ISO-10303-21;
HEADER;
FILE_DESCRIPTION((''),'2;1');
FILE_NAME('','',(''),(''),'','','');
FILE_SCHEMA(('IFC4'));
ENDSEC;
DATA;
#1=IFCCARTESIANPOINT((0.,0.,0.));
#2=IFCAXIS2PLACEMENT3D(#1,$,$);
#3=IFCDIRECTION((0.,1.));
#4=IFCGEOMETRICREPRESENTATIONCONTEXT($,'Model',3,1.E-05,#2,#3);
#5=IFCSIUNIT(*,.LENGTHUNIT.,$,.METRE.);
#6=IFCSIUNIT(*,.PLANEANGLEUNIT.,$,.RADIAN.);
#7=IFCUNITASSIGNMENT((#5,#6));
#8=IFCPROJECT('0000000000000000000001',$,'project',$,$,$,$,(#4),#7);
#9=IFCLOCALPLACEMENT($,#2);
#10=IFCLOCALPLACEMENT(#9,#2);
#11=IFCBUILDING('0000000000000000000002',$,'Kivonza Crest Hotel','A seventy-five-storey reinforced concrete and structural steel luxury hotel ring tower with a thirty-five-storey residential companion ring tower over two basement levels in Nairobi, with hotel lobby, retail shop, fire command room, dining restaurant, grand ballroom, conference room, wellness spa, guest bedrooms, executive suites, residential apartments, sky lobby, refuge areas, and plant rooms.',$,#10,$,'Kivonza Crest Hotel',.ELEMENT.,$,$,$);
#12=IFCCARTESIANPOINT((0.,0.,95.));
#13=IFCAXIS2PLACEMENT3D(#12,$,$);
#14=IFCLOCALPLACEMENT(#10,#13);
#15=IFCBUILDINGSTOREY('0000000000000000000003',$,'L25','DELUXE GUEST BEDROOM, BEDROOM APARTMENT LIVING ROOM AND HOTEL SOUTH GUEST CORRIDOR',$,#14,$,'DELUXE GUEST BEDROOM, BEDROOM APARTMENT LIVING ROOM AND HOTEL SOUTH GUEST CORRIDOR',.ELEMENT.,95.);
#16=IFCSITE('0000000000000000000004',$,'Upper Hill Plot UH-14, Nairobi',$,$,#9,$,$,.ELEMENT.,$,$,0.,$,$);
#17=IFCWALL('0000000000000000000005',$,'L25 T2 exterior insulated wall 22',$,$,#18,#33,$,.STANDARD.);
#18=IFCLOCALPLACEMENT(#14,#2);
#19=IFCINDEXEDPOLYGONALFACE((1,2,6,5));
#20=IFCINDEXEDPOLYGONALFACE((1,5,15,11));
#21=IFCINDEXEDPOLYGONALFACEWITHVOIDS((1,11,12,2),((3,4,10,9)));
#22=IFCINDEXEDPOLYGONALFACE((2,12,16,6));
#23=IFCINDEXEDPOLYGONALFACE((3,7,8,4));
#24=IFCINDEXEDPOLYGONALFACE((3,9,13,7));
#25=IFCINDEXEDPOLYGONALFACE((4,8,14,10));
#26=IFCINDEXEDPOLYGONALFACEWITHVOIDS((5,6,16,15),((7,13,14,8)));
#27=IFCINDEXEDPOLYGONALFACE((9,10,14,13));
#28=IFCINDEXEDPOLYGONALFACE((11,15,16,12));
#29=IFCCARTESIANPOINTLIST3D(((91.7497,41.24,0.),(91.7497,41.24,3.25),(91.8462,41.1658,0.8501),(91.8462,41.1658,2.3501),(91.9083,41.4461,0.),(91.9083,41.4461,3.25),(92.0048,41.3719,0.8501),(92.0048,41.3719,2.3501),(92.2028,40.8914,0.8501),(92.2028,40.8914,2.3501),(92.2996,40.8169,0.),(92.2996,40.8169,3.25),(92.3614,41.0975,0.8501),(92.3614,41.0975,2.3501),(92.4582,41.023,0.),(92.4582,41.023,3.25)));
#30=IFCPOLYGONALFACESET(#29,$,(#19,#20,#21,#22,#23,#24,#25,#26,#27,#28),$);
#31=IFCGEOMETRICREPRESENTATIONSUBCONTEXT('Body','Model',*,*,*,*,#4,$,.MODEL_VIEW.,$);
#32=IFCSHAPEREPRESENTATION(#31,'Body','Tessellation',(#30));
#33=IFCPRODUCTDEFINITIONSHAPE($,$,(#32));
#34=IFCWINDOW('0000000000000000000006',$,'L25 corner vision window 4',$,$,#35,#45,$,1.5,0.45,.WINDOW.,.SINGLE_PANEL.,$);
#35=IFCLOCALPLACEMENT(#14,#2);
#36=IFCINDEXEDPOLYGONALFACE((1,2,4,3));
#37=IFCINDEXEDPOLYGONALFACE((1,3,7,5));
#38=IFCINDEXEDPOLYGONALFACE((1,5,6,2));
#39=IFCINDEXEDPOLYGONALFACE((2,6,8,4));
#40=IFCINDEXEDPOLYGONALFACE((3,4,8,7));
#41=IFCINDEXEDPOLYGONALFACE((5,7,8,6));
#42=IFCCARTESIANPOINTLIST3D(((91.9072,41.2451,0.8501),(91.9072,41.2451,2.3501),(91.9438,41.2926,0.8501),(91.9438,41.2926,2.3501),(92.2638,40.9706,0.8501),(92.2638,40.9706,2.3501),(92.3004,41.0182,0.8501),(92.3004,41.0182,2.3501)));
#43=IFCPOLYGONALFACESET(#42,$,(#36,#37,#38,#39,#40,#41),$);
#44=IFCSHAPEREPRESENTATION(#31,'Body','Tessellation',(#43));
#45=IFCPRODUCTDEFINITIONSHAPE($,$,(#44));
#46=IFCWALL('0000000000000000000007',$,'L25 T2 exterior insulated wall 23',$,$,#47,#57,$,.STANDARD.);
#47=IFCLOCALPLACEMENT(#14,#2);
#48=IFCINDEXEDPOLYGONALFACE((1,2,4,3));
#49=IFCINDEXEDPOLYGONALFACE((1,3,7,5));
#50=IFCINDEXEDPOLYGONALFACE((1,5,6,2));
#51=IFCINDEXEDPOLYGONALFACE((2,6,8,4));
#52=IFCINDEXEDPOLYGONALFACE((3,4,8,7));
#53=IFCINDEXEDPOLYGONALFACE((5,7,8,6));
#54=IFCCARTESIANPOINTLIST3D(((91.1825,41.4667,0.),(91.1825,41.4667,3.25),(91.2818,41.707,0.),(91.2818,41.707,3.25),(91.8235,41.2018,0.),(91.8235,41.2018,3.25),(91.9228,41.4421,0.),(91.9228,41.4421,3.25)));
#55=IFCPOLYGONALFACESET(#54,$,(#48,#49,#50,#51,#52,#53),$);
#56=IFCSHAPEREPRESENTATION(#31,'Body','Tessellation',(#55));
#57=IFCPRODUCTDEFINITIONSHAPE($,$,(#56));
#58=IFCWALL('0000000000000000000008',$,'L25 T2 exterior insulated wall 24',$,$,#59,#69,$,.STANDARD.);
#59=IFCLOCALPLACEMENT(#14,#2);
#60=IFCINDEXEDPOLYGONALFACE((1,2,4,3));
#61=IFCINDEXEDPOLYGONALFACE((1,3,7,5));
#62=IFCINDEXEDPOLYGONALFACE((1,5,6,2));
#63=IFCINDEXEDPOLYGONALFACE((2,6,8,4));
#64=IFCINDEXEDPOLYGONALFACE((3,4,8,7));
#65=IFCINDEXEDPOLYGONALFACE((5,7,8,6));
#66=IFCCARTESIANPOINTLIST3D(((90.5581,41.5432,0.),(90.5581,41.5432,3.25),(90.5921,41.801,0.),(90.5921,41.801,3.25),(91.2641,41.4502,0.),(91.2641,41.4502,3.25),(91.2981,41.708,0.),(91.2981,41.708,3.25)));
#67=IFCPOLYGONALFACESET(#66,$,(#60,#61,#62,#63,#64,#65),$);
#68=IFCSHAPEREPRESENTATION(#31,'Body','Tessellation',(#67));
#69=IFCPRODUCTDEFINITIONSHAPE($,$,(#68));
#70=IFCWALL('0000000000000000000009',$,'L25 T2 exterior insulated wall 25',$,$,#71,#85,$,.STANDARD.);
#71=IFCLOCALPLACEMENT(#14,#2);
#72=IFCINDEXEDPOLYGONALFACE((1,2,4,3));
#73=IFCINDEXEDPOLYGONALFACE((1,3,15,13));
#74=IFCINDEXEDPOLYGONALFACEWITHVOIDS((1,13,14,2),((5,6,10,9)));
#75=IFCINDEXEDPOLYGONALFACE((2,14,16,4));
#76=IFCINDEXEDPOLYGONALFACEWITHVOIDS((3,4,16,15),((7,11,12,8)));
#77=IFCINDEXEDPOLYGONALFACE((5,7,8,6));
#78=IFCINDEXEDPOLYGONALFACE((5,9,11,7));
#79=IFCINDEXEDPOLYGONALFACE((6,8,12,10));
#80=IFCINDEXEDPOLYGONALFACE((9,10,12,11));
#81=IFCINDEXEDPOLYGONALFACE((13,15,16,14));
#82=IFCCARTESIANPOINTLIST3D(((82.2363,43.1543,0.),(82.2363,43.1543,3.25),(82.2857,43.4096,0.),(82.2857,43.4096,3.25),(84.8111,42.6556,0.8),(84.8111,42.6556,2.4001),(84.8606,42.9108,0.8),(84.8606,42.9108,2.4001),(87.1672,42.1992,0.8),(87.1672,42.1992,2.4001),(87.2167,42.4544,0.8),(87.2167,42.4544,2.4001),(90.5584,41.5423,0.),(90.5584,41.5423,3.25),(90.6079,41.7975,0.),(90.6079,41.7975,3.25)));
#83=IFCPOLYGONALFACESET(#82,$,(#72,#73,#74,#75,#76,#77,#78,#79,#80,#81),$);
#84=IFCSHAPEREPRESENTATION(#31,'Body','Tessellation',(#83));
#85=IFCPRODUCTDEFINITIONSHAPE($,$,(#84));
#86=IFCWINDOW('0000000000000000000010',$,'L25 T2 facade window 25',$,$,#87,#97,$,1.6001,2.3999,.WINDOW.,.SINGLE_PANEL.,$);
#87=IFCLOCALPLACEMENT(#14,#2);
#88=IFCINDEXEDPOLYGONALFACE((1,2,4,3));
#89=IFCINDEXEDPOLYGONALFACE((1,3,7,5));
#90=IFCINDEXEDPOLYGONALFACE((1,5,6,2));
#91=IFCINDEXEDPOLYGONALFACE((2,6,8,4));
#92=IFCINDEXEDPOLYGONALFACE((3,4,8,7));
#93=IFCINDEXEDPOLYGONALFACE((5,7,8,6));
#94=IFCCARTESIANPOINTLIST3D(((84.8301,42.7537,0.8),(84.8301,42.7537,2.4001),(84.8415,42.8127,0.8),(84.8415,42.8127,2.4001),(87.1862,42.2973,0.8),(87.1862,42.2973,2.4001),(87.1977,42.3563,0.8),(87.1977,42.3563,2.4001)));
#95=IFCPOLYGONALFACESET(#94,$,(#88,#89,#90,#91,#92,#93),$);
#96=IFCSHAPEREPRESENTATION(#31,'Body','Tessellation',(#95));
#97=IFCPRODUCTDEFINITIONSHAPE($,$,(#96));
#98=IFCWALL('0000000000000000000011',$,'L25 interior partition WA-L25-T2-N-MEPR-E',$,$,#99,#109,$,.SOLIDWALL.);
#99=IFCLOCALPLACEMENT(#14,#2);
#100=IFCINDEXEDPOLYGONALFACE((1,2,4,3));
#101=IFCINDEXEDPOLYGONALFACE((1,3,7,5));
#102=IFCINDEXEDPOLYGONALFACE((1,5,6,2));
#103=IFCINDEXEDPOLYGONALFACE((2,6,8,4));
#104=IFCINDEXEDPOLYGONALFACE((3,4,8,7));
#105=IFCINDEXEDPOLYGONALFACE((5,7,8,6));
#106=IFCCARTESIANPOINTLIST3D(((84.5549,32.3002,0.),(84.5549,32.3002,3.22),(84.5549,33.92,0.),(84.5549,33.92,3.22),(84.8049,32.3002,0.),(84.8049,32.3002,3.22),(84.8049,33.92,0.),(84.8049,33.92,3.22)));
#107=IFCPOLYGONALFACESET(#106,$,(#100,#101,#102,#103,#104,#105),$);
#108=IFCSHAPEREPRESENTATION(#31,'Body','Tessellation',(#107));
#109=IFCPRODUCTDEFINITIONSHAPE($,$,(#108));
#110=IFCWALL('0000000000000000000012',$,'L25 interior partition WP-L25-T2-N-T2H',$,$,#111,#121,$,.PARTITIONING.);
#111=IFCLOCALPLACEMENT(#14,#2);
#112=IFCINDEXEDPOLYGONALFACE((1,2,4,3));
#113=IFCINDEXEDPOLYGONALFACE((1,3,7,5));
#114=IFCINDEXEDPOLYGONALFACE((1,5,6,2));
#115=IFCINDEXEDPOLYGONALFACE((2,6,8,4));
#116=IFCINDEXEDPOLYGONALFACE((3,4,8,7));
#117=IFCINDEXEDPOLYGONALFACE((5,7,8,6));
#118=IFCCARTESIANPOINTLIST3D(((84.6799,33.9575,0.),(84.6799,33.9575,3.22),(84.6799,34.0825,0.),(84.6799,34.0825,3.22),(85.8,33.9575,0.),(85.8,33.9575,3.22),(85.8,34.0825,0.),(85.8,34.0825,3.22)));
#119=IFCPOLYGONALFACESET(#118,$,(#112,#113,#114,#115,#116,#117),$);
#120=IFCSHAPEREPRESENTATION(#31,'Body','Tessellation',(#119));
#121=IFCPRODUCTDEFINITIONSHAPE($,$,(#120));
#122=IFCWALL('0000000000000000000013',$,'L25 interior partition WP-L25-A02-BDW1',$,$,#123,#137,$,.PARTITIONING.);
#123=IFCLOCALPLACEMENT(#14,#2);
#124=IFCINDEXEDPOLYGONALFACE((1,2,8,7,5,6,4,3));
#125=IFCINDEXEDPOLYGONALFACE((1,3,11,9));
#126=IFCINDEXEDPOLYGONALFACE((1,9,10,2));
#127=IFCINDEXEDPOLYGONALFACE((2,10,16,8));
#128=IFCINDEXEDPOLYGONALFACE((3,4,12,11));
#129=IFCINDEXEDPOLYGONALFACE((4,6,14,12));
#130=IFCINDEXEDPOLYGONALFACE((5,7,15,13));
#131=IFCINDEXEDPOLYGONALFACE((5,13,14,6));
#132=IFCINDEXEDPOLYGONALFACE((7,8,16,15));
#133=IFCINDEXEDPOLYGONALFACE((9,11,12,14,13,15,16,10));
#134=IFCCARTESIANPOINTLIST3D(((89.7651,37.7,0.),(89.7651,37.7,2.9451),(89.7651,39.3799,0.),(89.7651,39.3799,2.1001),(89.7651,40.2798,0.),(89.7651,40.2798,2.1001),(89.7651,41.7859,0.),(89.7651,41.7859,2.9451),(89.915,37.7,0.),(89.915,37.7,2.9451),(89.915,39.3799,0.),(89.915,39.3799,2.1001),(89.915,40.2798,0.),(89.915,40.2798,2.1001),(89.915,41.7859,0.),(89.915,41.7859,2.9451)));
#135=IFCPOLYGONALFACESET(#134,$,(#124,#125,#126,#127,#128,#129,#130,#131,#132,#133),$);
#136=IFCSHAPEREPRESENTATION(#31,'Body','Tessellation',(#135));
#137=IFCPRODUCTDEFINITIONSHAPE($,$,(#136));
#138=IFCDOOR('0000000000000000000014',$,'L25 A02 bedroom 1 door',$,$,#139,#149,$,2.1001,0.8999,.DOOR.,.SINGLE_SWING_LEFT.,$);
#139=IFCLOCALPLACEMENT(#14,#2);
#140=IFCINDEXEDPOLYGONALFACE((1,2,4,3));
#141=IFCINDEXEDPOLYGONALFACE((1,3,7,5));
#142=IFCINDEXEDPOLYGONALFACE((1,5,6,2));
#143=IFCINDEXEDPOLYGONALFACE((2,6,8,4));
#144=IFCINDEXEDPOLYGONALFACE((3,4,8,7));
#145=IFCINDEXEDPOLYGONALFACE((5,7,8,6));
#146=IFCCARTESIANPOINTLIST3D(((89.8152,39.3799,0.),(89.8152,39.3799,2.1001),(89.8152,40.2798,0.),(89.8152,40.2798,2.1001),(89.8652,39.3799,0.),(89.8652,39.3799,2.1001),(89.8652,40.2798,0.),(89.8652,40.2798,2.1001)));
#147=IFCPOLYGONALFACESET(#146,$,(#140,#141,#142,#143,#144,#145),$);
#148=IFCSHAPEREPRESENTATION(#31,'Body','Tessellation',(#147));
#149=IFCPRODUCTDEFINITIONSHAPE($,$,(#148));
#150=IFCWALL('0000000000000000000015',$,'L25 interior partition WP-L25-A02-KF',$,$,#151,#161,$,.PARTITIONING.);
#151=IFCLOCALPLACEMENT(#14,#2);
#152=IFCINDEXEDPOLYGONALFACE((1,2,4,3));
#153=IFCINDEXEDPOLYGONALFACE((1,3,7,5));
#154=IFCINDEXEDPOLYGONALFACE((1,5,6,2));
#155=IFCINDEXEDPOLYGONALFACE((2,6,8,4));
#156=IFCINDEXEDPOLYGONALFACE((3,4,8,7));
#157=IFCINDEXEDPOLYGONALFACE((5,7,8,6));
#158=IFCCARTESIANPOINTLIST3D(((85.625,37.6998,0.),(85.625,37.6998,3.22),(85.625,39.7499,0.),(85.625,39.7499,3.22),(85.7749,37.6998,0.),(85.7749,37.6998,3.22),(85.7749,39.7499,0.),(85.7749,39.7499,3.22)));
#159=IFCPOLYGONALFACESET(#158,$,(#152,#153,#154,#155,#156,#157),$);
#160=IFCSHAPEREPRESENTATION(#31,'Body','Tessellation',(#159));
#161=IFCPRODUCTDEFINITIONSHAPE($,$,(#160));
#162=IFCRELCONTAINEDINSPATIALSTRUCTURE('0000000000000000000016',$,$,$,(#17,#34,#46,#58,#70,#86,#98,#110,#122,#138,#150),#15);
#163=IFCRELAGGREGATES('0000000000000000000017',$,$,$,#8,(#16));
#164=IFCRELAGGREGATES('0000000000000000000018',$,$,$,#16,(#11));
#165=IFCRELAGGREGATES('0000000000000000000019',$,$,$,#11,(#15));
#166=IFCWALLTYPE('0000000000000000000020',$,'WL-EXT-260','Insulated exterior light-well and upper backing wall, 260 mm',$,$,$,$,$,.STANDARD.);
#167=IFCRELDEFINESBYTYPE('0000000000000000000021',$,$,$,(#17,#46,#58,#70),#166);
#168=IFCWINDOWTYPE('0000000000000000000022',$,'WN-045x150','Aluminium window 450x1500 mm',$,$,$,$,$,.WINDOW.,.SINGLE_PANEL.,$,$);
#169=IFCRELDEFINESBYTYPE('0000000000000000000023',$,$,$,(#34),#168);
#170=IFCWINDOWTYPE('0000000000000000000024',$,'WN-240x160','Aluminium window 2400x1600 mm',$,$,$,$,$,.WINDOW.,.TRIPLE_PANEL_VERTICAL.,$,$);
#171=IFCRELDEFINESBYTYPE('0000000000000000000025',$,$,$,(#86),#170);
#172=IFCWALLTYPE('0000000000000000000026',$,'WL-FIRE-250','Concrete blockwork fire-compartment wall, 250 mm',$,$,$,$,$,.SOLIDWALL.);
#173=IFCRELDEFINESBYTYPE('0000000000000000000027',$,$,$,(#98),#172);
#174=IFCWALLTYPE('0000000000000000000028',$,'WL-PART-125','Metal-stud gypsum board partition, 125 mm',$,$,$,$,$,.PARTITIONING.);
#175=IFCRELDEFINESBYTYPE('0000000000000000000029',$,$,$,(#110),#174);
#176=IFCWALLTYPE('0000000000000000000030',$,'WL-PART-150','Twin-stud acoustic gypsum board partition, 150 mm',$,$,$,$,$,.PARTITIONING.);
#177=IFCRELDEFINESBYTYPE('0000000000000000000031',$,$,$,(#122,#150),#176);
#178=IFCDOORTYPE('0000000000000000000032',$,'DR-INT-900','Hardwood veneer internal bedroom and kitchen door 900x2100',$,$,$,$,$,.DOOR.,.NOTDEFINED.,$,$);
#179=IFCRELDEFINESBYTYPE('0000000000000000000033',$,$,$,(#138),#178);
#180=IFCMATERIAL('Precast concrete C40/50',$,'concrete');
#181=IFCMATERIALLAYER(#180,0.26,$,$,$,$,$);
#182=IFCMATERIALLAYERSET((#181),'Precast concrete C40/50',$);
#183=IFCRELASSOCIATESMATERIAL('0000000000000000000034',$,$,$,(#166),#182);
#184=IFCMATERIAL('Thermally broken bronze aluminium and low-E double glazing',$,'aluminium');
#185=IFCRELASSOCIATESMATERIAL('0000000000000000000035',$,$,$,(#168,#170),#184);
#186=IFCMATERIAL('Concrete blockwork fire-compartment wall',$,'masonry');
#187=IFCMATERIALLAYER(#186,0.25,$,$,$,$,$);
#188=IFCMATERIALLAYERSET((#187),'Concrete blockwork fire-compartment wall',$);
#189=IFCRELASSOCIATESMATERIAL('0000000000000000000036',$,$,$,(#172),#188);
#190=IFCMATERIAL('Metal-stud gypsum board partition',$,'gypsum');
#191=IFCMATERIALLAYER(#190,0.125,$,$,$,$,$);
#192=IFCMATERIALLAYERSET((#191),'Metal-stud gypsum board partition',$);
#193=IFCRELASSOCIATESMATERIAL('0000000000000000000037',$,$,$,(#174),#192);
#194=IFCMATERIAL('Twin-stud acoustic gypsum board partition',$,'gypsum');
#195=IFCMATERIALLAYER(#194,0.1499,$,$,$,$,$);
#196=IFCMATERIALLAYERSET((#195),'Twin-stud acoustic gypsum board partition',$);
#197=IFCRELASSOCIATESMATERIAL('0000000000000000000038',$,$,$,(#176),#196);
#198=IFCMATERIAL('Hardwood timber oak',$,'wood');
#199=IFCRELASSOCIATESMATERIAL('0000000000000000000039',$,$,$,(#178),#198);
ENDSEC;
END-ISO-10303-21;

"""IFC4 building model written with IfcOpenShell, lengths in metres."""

from ifc_helpers import new_model, si_unit, direction, frame, frame_2d, origin, place, context, subcontext, project, spatial, rectangle, extrude, material, layer, layer_set, type_object, element, fill, save


model = new_model("IFC4")

# Units and contexts
model_context = context("Model", 3, precision=1e-05, world=origin(), true_north=direction((0.0, 1.0)))
body_context = subcontext(model_context, "Body", "Model", "MODEL_VIEW")
ifc_project = project(units=[si_unit("LENGTHUNIT", "METRE"), si_unit("PLANEANGLEUNIT", "RADIAN")], contexts=[model_context])

# Site, building, storey
site_placement = place(None, origin())
site = spatial("IfcSite", under=ifc_project, at=site_placement, Name="Upper Hill Plot UH-14, Nairobi", CompositionType="ELEMENT", RefElevation=0.0)
building_placement = place(site_placement, origin())
building = spatial("IfcBuilding", under=site, at=building_placement, Name="Kivonza Crest Hotel", Description="A seventy-five-storey reinforced concrete and structural steel luxury hotel ring tower with a thirty-five-storey residential companion ring tower over two basement levels in Nairobi, with hotel lobby, retail shop, fire command room, dining restaurant, grand ballroom, conference room, wellness spa, guest bedrooms, executive suites, residential apartments, sky lobby, refuge areas, and plant rooms.", LongName="Kivonza Crest Hotel", CompositionType="ELEMENT")
storey_placement = place(building_placement, frame((0.0, 0.0, 95.0)))
storey = spatial("IfcBuildingStorey", under=building, at=storey_placement, Name="L25", Description="DELUXE GUEST BEDROOM, BEDROOM APARTMENT LIVING ROOM AND HOTEL SOUTH GUEST CORRIDOR", LongName="DELUXE GUEST BEDROOM, BEDROOM APARTMENT LIVING ROOM AND HOTEL SOUTH GUEST CORRIDOR", CompositionType="ELEMENT", Elevation=95.0)

# Shared definitions
ifc_material_1 = material(Name="Hardwood timber oak", Category="wood")

# Shared definitions
ifc_material_2 = material(Name="Precast concrete C40/50", Category="concrete")
ifc_layer_1 = layer(ifc_material_2, 0.26)
ifc_layer_set_1 = layer_set([ifc_layer_1], Name="Precast concrete C40/50")
wall_type_1 = type_object("IfcWallType", Name="WL-EXT-260", Description="Insulated exterior light-well and upper backing wall, 260 mm", PredefinedType="STANDARD", material=ifc_layer_set_1)

# Wall, opening, window
wall_1_placement = place(storey_placement, frame((92.3789, 40.9199, 0.0), z_axis=(0.0, 0.0, 1.0), x_axis=(-0.792506, 0.609864, 0.0)))
wall_1 = element("IfcWall", 1, at=wall_1_placement, inside=storey, type_object=wall_type_1, Name="L25 T2 exterior insulated wall 22", PredefinedType="STANDARD", context=body_context, shape_type="SweptSolid", body=[
    extrude(rectangle(XDim=0.6938, YDim=0.26, at=frame_2d((0.3469, 0.0))), origin(), (0.0, 0.0, 1.0), 3.25),
])
opening_1_placement = place(wall_1_placement, frame((0.1221, 0.0, 0.8501)))
opening_1 = element("IfcOpeningElement", 2, at=opening_1_placement, cuts=wall_1, PredefinedType="OPENING", context=body_context, shape_type="SweptSolid", body=[
    extrude(rectangle(XDim=0.45, YDim=1.5, at=frame_2d((0.2251, 0.75))), frame((0.0, 0.1401, 0.0), z_axis=(0.0, -1.0, 0.0), x_axis=(1.0, 0.0, 0.0)), (0.0, 0.0, 1.0), 0.28),
])
ifc_material_3 = material(Name="Thermally broken bronze aluminium and low-E double glazing", Category="aluminium")
window_type_1 = type_object("IfcWindowType", Name="WN-045x150", Description="Aluminium window 450x1500 mm", PartitioningType="SINGLE_PANEL", PredefinedType="WINDOW", material=ifc_material_3)
window_1_placement = place(opening_1_placement, origin())
window_1 = element("IfcWindow", 3, at=window_1_placement, inside=storey, type_object=window_type_1, Name="L25 corner vision window 4", OverallHeight=1.5, OverallWidth=0.45, PartitioningType="SINGLE_PANEL", PredefinedType="WINDOW", context=body_context, shape_type="SweptSolid", body=[
    extrude(rectangle(XDim=0.45, YDim=1.5, at=frame_2d((0.2251, 0.75))), frame((0.0, 0.03, 0.0), z_axis=(0.0, -1.0, 0.0), x_axis=(1.0, 0.0, 0.0)), (0.0, 0.0, 1.0), 0.0601),
])
fill(opening_1, window_1)

# Walls
wall_2_placement = place(storey_placement, frame((91.873, 41.322, 0.0), z_axis=(0.0, 0.0, 1.0), x_axis=(-0.924218, 0.381865, 0.0)))
element("IfcWall", 4, at=wall_2_placement, inside=storey, type_object=wall_type_1, Name="L25 T2 exterior insulated wall 23", PredefinedType="STANDARD", context=body_context, shape_type="SweptSolid", body=[
    extrude(rectangle(XDim=0.6936, YDim=0.26, at=frame_2d((0.3467, 0.0))), origin(), (0.0, 0.0, 1.0), 3.25),
])
wall_3_placement = place(storey_placement, frame((91.281, 41.5791, 0.0), z_axis=(0.0, 0.0, 1.0), x_axis=(-0.991433, 0.130614, 0.0)))
element("IfcWall", 5, at=wall_3_placement, inside=storey, type_object=wall_type_1, Name="L25 T2 exterior insulated wall 24", PredefinedType="STANDARD", context=body_context, shape_type="SweptSolid", body=[
    extrude(rectangle(XDim=0.7122, YDim=0.26, at=frame_2d((0.356, 0.0))), origin(), (0.0, 0.0, 1.0), 3.25),
])

# Wall, opening, window
wall_4_placement = place(storey_placement, frame((90.583, 41.6699, 0.0), z_axis=(0.0, 0.0, 1.0), x_axis=(-0.98175, 0.190175, 0.0)))
wall_4 = element("IfcWall", 6, at=wall_4_placement, inside=storey, type_object=wall_type_1, Name="L25 T2 exterior insulated wall 25", PredefinedType="STANDARD", context=body_context, shape_type="SweptSolid", body=[
    extrude(rectangle(XDim=8.4768, YDim=0.26, at=frame_2d((4.2383, 0.0))), origin(), (0.0, 0.0, 1.0), 3.25),
])
opening_2_placement = place(wall_4_placement, frame((3.4541, 0.0, 0.8)))
opening_2 = element("IfcOpeningElement", 7, at=opening_2_placement, cuts=wall_4, PredefinedType="OPENING", context=body_context, shape_type="SweptSolid", body=[
    extrude(rectangle(XDim=2.3999, YDim=1.6001, at=frame_2d((1.2, 0.8))), frame((0.0, 0.1401, 0.0), z_axis=(0.0, -1.0, 0.0), x_axis=(1.0, 0.0, 0.0)), (0.0, 0.0, 1.0), 0.28),
])
window_type_2 = type_object("IfcWindowType", Name="WN-240x160", Description="Aluminium window 2400x1600 mm", PartitioningType="TRIPLE_PANEL_VERTICAL", PredefinedType="WINDOW", material=ifc_material_3)
window_2_placement = place(opening_2_placement, origin())
window_2 = element("IfcWindow", 8, at=window_2_placement, inside=storey, type_object=window_type_2, Name="L25 T2 facade window 25", OverallHeight=1.6001, OverallWidth=2.3999, PartitioningType="SINGLE_PANEL", PredefinedType="WINDOW", context=body_context, shape_type="SweptSolid", body=[
    extrude(rectangle(XDim=2.3999, YDim=1.6001, at=frame_2d((1.2, 0.8))), frame((0.0, 0.03, 0.0), z_axis=(0.0, -1.0, 0.0), x_axis=(1.0, 0.0, 0.0)), (0.0, 0.0, 1.0), 0.0601),
])
fill(opening_2, window_2)

# Walls
ifc_material_4 = material(Name="Concrete blockwork fire-compartment wall", Category="masonry")
ifc_layer_2 = layer(ifc_material_4, 0.25)
ifc_layer_set_2 = layer_set([ifc_layer_2], Name="Concrete blockwork fire-compartment wall")
wall_type_2 = type_object("IfcWallType", Name="WL-FIRE-250", Description="Concrete blockwork fire-compartment wall, 250 mm", PredefinedType="SOLIDWALL", material=ifc_layer_set_2)
wall_5_placement = place(storey_placement, frame((84.6799, 32.3, 0.0), z_axis=(0.0, 0.0, 1.0), x_axis=(0.0, 1.0, 0.0)))
element("IfcWall", 9, at=wall_5_placement, inside=storey, type_object=wall_type_2, Name="L25 interior partition WA-L25-T2-N-MEPR-E", PredefinedType="SOLIDWALL", context=body_context, shape_type="SweptSolid", body=[
    extrude(rectangle(XDim=1.6199, YDim=0.25, at=frame_2d((0.8101, 0.0))), origin(), (0.0, 0.0, 1.0), 3.22),
])
ifc_material_5 = material(Name="Metal-stud gypsum board partition", Category="gypsum")
ifc_layer_3 = layer(ifc_material_5, 0.125)
ifc_layer_set_3 = layer_set([ifc_layer_3], Name="Metal-stud gypsum board partition")
wall_type_3 = type_object("IfcWallType", Name="WL-PART-125", Description="Metal-stud gypsum board partition, 125 mm", PredefinedType="PARTITIONING", material=ifc_layer_set_3)
wall_6_placement = place(storey_placement, frame((84.6799, 34.02, 0.0), z_axis=(0.0, 0.0, 1.0), x_axis=(1.0, 0.0, 0.0)))
element("IfcWall", 10, at=wall_6_placement, inside=storey, type_object=wall_type_3, Name="L25 interior partition WP-L25-T2-N-T2H", PredefinedType="PARTITIONING", context=body_context, shape_type="SweptSolid", body=[
    extrude(rectangle(XDim=1.1201, YDim=0.125, at=frame_2d((0.5601, 0.0))), origin(), (0.0, 0.0, 1.0), 3.22),
])

# Wall, opening, door
ifc_material_6 = material(Name="Twin-stud acoustic gypsum board partition", Category="gypsum")
ifc_layer_4 = layer(ifc_material_6, 0.1499)
ifc_layer_set_4 = layer_set([ifc_layer_4], Name="Twin-stud acoustic gypsum board partition")
wall_type_4 = type_object("IfcWallType", Name="WL-PART-150", Description="Twin-stud acoustic gypsum board partition, 150 mm", PredefinedType="PARTITIONING", material=ifc_layer_set_4)
wall_7_placement = place(storey_placement, frame((89.8401, 37.7, 0.0), z_axis=(0.0, 0.0, 1.0), x_axis=(0.0, 1.0, 0.0)))
wall_7 = element("IfcWall", 11, at=wall_7_placement, inside=storey, type_object=wall_type_4, Name="L25 interior partition WP-L25-A02-BDW1", PredefinedType="PARTITIONING", context=body_context, shape_type="SweptSolid", body=[
    extrude(rectangle(XDim=4.0859, YDim=0.1499, at=frame_2d((2.043, 0.0))), origin(), (0.0, 0.0, 1.0), 2.9451),
])
opening_3_placement = place(wall_7_placement, frame((1.6799, 0.0, 0.0)))
opening_3 = element("IfcOpeningElement", 12, at=opening_3_placement, cuts=wall_7, PredefinedType="OPENING", context=body_context, shape_type="SweptSolid", body=[
    extrude(rectangle(XDim=0.8999, YDim=2.1001, at=frame_2d((0.45, 1.05))), frame((0.0, 0.085, 0.0), z_axis=(0.0, -1.0, 0.0), x_axis=(1.0, 0.0, 0.0)), (0.0, 0.0, 1.0), 0.1699),
])
door_type_1 = type_object("IfcDoorType", Name="DR-INT-900", Description="Hardwood veneer internal bedroom and kitchen door 900x2100", OperationType="NOTDEFINED", PredefinedType="DOOR", material=ifc_material_1)
door_1_placement = place(opening_3_placement, origin())
door_1 = element("IfcDoor", 13, at=door_1_placement, inside=storey, type_object=door_type_1, Name="L25 A02 bedroom 1 door", OperationType="SINGLE_SWING_LEFT", OverallHeight=2.1001, OverallWidth=0.8999, PredefinedType="DOOR", context=body_context, shape_type="SweptSolid", body=[
    extrude(rectangle(XDim=0.8999, YDim=2.1001, at=frame_2d((0.45, 1.05))), frame((0.0, 0.0249, 0.0), z_axis=(0.0, -1.0, 0.0), x_axis=(1.0, 0.0, 0.0)), (0.0, 0.0, 1.0), 0.05),
])
fill(opening_3, door_1)

# Wall
wall_8_placement = place(storey_placement, frame((85.7, 37.7, 0.0), z_axis=(0.0, 0.0, 1.0), x_axis=(0.0, 1.0, 0.0)))
element("IfcWall", 14, at=wall_8_placement, inside=storey, type_object=wall_type_4, Name="L25 interior partition WP-L25-A02-KF", PredefinedType="PARTITIONING", context=body_context, shape_type="SweptSolid", body=[
    extrude(rectangle(XDim=2.05, YDim=0.1499, at=frame_2d((1.0249, 0.0))), origin(), (0.0, 0.0, 1.0), 3.22),
])

save(model, "model.ifc")
